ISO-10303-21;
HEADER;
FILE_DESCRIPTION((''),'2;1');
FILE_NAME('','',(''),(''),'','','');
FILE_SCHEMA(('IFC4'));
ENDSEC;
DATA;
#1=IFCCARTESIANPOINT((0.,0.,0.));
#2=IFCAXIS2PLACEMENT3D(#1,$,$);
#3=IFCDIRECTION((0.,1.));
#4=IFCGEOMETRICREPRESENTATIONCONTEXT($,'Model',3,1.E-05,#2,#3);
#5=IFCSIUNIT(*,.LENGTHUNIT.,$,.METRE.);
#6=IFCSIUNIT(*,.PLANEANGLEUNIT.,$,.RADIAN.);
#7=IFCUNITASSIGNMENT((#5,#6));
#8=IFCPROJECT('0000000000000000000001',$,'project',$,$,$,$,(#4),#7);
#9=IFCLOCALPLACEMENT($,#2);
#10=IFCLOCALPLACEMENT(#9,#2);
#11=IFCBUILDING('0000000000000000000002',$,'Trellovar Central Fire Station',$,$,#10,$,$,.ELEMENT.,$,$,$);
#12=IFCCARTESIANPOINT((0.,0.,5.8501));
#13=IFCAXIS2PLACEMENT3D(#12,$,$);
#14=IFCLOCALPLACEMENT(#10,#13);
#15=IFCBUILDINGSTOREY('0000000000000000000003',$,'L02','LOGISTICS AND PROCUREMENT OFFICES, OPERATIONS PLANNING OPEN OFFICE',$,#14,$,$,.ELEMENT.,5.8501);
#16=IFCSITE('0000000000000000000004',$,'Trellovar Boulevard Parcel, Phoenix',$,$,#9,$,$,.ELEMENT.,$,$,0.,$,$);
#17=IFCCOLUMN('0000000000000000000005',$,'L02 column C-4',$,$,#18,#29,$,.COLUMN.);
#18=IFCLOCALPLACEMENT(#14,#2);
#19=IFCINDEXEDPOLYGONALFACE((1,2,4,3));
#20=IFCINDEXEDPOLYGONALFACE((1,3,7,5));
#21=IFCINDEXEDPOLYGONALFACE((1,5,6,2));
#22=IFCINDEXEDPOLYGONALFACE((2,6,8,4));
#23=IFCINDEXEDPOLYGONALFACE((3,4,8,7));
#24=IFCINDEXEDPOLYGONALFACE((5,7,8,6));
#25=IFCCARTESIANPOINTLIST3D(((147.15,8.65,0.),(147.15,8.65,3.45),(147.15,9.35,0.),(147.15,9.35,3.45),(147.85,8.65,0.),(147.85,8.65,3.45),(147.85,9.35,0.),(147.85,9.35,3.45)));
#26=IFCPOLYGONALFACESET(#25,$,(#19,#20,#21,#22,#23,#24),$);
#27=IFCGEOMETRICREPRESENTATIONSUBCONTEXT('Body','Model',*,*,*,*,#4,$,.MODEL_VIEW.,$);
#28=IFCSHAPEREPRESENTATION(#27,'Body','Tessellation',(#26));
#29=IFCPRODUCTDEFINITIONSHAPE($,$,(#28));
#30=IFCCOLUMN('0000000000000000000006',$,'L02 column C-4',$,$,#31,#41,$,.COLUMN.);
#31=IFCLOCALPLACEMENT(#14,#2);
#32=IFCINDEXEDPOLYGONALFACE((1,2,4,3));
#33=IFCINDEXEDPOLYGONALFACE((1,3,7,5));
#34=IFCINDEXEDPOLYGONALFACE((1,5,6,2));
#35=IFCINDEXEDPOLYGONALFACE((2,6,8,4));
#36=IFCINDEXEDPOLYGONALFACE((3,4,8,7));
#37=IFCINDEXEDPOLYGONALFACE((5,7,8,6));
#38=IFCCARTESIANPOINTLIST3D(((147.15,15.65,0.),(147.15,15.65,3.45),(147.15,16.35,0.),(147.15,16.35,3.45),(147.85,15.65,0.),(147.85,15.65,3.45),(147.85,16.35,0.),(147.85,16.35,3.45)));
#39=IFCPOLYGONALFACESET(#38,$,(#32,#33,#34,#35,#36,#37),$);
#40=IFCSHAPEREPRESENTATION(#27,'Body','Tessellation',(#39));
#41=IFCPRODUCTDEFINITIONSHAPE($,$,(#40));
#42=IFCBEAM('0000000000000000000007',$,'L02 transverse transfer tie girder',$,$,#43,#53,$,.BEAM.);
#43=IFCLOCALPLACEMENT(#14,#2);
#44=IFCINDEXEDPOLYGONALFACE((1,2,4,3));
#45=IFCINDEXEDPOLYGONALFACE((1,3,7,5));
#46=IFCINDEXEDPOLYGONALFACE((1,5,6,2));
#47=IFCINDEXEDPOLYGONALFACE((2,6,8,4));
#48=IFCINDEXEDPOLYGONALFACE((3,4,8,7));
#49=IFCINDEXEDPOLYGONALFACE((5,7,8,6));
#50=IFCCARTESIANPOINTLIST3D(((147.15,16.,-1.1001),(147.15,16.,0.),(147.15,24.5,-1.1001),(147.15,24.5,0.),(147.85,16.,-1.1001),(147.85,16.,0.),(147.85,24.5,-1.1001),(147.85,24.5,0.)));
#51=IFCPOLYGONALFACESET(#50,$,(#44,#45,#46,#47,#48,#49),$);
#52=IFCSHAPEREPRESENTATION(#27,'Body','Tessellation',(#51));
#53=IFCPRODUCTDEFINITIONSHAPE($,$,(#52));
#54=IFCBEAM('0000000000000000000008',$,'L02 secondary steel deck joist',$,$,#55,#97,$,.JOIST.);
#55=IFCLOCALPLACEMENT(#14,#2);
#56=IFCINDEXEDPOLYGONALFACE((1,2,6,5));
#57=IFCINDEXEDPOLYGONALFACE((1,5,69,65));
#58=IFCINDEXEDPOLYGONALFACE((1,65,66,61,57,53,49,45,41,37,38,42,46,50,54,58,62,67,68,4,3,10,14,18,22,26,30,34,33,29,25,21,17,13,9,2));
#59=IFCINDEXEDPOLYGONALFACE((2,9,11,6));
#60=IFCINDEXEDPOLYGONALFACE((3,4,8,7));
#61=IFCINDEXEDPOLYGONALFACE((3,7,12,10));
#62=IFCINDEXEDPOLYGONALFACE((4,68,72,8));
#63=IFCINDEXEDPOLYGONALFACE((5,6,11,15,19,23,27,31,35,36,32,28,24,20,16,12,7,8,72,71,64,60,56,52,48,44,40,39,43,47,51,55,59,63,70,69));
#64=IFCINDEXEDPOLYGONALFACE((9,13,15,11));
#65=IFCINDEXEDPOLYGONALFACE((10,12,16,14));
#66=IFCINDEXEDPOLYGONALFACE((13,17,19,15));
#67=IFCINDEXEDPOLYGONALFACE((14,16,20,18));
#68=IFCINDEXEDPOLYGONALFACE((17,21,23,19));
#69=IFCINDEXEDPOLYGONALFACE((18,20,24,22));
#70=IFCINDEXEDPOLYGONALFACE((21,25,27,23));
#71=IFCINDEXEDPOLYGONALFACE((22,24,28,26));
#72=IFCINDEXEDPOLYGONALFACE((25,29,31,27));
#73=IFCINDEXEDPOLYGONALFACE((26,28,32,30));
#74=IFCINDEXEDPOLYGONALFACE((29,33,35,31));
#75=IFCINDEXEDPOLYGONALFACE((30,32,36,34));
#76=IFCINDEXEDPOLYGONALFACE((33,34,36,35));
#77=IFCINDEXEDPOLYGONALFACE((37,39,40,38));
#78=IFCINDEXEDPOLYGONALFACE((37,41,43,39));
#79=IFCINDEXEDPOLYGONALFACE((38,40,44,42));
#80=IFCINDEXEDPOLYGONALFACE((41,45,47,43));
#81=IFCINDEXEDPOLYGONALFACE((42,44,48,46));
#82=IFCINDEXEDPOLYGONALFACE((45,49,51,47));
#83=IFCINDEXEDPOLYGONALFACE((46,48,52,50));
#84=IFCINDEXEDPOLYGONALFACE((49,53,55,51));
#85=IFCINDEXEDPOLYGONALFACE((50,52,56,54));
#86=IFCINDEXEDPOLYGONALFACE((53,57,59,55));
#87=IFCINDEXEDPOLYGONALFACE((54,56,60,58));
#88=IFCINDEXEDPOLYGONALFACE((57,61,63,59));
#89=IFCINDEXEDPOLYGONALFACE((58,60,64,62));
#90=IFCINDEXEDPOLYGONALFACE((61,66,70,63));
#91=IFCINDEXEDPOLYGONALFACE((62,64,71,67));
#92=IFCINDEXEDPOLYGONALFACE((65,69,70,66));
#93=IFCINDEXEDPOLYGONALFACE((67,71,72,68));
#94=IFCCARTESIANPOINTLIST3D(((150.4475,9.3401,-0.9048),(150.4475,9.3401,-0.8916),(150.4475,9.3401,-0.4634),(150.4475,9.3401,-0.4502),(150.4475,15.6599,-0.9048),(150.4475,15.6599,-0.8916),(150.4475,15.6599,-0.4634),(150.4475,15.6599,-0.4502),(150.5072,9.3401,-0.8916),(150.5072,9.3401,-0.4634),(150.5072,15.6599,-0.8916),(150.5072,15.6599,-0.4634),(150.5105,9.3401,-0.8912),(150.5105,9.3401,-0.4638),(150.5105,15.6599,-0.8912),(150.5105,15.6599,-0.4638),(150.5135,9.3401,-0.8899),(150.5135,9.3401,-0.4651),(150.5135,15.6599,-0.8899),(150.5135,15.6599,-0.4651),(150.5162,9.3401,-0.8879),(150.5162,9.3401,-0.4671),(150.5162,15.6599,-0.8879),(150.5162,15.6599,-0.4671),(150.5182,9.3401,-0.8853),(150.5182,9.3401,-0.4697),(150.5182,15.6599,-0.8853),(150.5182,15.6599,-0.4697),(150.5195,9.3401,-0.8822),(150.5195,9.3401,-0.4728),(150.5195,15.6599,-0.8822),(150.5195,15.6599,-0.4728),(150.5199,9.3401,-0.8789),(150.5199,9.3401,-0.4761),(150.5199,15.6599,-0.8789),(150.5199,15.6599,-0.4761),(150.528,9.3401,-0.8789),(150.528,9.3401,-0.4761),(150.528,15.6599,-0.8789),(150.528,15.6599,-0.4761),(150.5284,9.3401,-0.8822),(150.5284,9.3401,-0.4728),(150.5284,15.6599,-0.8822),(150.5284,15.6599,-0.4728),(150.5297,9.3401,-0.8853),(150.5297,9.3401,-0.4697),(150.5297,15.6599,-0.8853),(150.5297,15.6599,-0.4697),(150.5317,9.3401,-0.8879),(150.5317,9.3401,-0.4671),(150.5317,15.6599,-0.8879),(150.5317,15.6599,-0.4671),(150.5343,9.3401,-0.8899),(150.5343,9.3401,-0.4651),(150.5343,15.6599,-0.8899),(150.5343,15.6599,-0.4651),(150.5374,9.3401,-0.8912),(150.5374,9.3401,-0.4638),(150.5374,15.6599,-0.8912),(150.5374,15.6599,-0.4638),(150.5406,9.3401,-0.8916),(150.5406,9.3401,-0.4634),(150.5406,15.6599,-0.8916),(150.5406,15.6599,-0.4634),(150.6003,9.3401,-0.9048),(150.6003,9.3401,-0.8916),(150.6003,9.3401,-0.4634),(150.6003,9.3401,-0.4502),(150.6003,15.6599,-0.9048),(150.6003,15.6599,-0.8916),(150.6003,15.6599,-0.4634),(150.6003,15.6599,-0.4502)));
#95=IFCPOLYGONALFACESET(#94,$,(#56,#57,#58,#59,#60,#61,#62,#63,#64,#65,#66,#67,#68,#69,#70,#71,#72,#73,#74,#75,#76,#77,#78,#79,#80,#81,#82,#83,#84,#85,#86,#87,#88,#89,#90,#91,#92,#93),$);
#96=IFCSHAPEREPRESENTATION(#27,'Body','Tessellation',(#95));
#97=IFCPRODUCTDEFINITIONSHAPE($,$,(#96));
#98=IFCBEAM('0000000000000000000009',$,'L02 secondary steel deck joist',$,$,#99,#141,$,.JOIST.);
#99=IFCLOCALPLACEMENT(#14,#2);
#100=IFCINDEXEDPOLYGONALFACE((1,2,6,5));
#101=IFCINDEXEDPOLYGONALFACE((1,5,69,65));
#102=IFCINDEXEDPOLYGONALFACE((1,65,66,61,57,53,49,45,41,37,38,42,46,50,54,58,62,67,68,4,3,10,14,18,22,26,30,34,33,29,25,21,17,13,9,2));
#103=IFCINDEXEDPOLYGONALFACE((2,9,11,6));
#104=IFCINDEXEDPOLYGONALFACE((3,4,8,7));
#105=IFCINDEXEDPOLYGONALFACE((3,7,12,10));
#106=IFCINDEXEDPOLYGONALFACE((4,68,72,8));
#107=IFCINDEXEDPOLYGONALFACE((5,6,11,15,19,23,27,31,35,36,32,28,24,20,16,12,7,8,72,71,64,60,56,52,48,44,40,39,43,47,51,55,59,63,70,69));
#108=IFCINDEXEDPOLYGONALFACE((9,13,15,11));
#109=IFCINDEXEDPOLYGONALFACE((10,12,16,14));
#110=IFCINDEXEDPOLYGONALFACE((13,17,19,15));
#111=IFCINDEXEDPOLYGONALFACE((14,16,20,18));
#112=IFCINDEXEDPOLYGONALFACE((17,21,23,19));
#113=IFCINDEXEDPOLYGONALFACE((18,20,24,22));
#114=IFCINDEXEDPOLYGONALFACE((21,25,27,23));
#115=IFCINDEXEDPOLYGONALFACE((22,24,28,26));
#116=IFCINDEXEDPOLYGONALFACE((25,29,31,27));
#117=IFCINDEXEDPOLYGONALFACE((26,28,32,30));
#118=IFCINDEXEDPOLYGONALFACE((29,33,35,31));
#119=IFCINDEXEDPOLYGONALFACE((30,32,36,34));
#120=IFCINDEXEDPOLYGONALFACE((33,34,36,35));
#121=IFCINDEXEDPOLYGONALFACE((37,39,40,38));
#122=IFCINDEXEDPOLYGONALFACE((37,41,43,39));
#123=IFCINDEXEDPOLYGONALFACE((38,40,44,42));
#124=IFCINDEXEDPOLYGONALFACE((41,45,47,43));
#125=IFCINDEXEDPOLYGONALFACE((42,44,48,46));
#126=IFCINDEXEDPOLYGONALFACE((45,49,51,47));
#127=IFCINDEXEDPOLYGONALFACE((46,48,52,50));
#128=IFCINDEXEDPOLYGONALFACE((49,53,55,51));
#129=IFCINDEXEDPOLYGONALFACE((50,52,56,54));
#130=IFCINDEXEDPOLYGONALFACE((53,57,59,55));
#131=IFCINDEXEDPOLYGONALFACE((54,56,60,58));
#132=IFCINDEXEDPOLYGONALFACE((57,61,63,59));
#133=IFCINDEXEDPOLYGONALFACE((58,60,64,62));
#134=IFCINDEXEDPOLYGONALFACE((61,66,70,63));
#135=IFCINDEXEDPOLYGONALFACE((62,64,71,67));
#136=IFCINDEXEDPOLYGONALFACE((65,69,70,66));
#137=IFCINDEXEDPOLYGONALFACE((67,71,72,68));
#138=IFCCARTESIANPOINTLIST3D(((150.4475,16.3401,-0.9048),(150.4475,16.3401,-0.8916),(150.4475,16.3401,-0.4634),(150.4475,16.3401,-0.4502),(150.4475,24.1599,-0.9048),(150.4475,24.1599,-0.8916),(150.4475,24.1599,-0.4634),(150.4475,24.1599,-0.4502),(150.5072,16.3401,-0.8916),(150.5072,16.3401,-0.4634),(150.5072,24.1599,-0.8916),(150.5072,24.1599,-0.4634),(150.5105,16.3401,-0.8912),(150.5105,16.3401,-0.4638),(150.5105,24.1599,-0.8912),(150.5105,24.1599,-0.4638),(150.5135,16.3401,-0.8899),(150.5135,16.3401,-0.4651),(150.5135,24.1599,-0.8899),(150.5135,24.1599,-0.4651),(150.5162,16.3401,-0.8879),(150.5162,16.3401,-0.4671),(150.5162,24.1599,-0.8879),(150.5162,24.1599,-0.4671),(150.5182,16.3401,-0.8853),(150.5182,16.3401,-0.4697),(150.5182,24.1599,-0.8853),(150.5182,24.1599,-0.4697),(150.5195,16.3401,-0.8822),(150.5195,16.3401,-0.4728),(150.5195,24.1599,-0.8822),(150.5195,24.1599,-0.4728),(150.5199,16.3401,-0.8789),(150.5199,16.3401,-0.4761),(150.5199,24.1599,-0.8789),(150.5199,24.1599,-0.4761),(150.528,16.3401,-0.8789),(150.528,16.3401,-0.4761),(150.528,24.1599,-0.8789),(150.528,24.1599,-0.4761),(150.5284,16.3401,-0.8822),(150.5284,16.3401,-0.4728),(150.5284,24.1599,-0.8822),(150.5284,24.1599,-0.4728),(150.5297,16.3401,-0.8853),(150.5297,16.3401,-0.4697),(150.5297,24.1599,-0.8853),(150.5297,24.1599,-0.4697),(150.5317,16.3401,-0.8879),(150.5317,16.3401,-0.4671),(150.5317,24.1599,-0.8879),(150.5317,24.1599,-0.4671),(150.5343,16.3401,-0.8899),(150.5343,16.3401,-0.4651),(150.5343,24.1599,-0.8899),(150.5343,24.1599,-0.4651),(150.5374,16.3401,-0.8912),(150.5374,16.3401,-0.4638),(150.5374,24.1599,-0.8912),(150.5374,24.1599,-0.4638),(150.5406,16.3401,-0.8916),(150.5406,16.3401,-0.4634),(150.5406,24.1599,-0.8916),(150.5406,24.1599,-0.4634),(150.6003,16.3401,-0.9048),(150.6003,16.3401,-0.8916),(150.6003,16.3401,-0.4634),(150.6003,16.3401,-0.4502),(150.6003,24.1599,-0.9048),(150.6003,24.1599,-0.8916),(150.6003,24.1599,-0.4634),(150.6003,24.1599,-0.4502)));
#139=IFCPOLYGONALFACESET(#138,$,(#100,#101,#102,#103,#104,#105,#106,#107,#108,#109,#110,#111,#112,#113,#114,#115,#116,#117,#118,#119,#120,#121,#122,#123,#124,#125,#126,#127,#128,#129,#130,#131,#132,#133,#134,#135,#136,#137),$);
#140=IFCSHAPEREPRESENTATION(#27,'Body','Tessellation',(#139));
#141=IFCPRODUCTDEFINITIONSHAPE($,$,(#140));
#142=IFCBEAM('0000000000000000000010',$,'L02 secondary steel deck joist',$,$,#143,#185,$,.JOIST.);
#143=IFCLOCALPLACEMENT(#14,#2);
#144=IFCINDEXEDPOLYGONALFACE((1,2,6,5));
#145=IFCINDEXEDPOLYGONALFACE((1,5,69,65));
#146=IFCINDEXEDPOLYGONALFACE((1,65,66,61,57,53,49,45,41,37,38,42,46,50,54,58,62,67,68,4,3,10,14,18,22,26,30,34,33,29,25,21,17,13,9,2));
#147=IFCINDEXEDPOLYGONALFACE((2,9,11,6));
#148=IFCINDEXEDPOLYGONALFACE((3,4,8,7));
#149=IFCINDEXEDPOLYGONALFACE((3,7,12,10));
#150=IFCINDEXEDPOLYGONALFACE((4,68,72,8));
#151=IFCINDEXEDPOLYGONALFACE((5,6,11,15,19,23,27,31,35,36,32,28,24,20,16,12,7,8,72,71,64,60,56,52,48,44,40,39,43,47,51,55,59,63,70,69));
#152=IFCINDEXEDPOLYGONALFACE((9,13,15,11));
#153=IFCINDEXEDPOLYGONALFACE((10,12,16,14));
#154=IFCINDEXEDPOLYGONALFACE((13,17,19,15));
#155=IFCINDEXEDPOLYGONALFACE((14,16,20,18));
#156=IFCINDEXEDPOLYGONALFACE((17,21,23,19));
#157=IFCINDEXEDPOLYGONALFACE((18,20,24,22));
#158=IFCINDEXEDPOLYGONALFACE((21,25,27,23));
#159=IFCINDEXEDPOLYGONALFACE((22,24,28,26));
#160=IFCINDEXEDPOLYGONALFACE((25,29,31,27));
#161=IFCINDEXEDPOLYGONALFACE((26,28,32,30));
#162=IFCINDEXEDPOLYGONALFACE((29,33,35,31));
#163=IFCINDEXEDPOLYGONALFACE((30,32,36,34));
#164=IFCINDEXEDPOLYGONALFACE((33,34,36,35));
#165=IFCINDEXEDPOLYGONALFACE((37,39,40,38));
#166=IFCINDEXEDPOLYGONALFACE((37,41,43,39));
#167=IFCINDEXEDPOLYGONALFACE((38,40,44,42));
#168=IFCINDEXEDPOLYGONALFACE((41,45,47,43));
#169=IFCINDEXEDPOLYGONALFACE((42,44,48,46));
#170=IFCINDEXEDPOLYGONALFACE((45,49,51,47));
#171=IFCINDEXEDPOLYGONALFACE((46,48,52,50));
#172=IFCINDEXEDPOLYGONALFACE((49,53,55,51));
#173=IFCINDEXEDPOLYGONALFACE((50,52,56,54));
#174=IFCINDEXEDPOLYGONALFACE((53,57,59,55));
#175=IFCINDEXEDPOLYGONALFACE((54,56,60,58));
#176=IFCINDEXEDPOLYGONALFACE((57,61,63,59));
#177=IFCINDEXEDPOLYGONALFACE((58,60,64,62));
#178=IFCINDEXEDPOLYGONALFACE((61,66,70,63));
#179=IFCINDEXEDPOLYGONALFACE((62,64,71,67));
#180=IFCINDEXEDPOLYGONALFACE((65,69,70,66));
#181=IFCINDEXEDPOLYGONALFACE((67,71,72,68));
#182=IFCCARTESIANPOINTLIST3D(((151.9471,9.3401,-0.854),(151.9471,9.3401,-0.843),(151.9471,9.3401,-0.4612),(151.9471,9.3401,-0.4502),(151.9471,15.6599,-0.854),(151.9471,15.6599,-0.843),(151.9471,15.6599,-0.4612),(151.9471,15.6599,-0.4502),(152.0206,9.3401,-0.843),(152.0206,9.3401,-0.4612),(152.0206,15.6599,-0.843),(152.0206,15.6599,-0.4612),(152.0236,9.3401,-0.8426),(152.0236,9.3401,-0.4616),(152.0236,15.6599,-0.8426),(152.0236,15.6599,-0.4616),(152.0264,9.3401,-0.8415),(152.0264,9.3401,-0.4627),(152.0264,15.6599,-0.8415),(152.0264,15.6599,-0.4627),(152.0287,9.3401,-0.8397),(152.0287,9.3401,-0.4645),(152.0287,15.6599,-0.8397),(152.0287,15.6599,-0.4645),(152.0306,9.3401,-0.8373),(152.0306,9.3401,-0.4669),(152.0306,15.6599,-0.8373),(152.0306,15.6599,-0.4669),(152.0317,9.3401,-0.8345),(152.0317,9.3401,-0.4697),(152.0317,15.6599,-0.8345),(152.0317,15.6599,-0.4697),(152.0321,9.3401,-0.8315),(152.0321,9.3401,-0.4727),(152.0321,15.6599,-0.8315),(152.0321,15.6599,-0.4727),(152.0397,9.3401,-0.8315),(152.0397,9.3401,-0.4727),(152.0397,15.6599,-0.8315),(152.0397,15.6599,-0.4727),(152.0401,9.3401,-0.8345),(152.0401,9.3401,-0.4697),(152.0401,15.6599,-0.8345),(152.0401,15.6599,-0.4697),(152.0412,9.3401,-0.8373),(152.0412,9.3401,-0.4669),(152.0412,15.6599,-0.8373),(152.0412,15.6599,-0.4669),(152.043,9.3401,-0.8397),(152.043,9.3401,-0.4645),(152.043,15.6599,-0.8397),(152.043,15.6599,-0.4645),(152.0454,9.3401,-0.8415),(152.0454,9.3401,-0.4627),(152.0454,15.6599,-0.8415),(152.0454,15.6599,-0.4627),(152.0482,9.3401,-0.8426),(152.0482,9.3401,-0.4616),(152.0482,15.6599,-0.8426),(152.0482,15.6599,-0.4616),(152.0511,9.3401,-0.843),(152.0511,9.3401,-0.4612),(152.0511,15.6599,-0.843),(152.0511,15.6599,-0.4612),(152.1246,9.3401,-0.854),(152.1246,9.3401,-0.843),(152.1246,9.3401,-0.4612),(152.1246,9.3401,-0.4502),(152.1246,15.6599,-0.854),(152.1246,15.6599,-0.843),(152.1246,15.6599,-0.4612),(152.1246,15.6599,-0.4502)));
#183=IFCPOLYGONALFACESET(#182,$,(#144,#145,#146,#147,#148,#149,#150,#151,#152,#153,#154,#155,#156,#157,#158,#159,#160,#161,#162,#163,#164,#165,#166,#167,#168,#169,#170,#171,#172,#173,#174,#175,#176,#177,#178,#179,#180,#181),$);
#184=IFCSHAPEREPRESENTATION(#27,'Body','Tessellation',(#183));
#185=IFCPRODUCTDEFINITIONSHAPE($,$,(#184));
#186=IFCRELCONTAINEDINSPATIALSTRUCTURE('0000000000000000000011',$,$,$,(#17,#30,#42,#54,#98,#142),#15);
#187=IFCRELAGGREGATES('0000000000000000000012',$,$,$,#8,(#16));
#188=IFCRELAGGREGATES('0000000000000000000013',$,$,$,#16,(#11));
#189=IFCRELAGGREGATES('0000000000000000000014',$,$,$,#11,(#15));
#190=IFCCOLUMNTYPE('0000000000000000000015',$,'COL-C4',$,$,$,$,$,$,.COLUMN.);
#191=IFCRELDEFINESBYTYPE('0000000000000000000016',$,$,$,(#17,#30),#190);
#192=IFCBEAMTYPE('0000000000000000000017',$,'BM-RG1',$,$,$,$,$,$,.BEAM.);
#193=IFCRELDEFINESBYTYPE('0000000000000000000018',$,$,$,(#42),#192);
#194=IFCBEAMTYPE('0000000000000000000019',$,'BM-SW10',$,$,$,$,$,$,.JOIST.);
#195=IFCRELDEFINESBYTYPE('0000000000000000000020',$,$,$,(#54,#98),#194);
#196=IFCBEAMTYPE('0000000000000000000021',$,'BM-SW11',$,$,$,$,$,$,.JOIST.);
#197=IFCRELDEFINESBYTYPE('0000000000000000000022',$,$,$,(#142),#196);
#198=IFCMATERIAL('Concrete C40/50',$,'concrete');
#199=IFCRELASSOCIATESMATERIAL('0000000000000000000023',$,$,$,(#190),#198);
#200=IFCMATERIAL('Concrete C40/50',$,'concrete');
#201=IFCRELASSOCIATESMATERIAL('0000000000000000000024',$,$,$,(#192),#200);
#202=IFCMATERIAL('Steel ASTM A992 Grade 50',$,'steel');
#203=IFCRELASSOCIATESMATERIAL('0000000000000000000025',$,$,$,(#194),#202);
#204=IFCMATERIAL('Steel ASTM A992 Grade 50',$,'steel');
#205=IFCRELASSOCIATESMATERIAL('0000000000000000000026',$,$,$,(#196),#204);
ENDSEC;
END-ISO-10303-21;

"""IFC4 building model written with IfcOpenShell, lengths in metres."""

from ifc_helpers import new_model, si_unit, direction, frame, origin, origin_2d, place, context, subcontext, project, spatial, rectangle, i_section, extrude, material, material_profile, profile_set, type_object, element, save


model = new_model("IFC4")

# Units and contexts
model_context = context("Model", 3, precision=1e-05, world=origin(), true_north=direction((0.0, 1.0)))
body_context = subcontext(model_context, "Body", "Model", "MODEL_VIEW")
ifc_project = project(units=[si_unit("LENGTHUNIT", "METRE"), si_unit("PLANEANGLEUNIT", "RADIAN")], contexts=[model_context])

# Site, building, storey
site_placement = place(None, origin())
site = spatial("IfcSite", under=ifc_project, at=site_placement, Name="Trellovar Boulevard Parcel, Phoenix", CompositionType="ELEMENT", RefElevation=0.0)
building_placement = place(site_placement, origin())
building = spatial("IfcBuilding", under=site, at=building_placement, Name="Trellovar Central Fire Station", CompositionType="ELEMENT")
storey_placement = place(building_placement, frame((0.0, 0.0, 5.8501)))
storey = spatial("IfcBuildingStorey", under=building, at=storey_placement, Name="L02", Description="LOGISTICS AND PROCUREMENT OFFICES, OPERATIONS PLANNING OPEN OFFICE", CompositionType="ELEMENT", Elevation=5.8501)

# Columns
ifc_material_1 = material(Name="Concrete C40/50", Category="concrete")
ifc_material_profile_1 = material_profile(ifc_material_1, rectangle(XDim=0.7, YDim=0.7, at=origin_2d()), Name="RC700X700")
ifc_profile_set_1 = profile_set([ifc_material_profile_1], Name="Concrete C40/50")
column_type = type_object("IfcColumnType", Name="COL-C4", PredefinedType="COLUMN", material=ifc_profile_set_1)
for number, where, z_axis, x_axis, name in (
    (1, (147.5, 9.0, 0.0), (0.0, 0.0, 1.0), (1.0, 0.0, 0.0), "L02 column C-4"),
    (2, (147.5, 16.0, 0.0), (0.0, 0.0, 1.0), (1.0, 0.0, 0.0), "L02 column C-4"),
):
    element("IfcColumn", number, at=place(storey_placement, frame(where, z_axis=z_axis, x_axis=x_axis)), inside=storey, type_object=column_type, Name=name, PredefinedType="COLUMN", context=body_context, shape_type="SweptSolid", body=[
        extrude(rectangle(XDim=0.7, YDim=0.7, at=origin_2d()), origin(), (0.0, 0.0, 1.0), 3.45),
    ])

# Beams
ifc_material_2 = material(Name="Concrete C40/50", Category="concrete")
ifc_material_profile_2 = material_profile(ifc_material_2, rectangle(XDim=0.7, YDim=1.1001, at=origin_2d()), Name="RC700X1100")
ifc_profile_set_2 = profile_set([ifc_material_profile_2], Name="Concrete C40/50")
beam_type_1 = type_object("IfcBeamType", Name="BM-RG1", PredefinedType="BEAM", material=ifc_profile_set_2)
beam_1_placement = place(storey_placement, frame((147.5, 16.0, -0.55), z_axis=(0.0, 1.0, 0.0), x_axis=(-1.0, 0.0, 0.0)))
element("IfcBeam", 3, at=beam_1_placement, inside=storey, type_object=beam_type_1, Name="L02 transverse transfer tie girder", PredefinedType="BEAM", context=body_context, shape_type="SweptSolid", body=[
    extrude(rectangle(XDim=0.7, YDim=1.1001, at=origin_2d()), origin(), (0.0, 0.0, 1.0), 8.5),
])
ifc_material_3 = material(Name="Steel ASTM A992 Grade 50", Category="steel")
ifc_material_profile_3 = material_profile(ifc_material_3, i_section(OverallWidth=0.1528, OverallDepth=0.4546, WebThickness=0.0081, FlangeThickness=0.0132, FilletRadius=0.0127, at=origin_2d()), Name="W18X40")
ifc_profile_set_3 = profile_set([ifc_material_profile_3], Name="Steel ASTM A992 Grade 50")
beam_type_2 = type_object("IfcBeamType", Name="BM-SW10", PredefinedType="JOIST", material=ifc_profile_set_3)
beam_2_placement = place(storey_placement, frame((150.5239, 9.3401, -0.6775), z_axis=(0.0, 1.0, 0.0), x_axis=(-1.0, 0.0, 0.0)))
element("IfcBeam", 4, at=beam_2_placement, inside=storey, type_object=beam_type_2, Name="L02 secondary steel deck joist", PredefinedType="JOIST", context=body_context, shape_type="SweptSolid", body=[
    extrude(i_section(OverallWidth=0.1528, OverallDepth=0.4546, WebThickness=0.0081, FlangeThickness=0.0132, FilletRadius=0.0127, at=origin_2d()), origin(), (0.0, 0.0, 1.0), 6.3198),
])
beam_3_placement = place(storey_placement, frame((150.5239, 16.3401, -0.6775), z_axis=(0.0, 1.0, 0.0), x_axis=(-1.0, 0.0, 0.0)))
element("IfcBeam", 5, at=beam_3_placement, inside=storey, type_object=beam_type_2, Name="L02 secondary steel deck joist", PredefinedType="JOIST", context=body_context, shape_type="SweptSolid", body=[
    extrude(i_section(OverallWidth=0.1528, OverallDepth=0.4546, WebThickness=0.0081, FlangeThickness=0.0132, FilletRadius=0.0127, at=origin_2d()), origin(), (0.0, 0.0, 1.0), 7.8198),
])
ifc_material_4 = material(Name="Steel ASTM A992 Grade 50", Category="steel")
ifc_material_profile_4 = material_profile(ifc_material_4, i_section(OverallWidth=0.1775, OverallDepth=0.4038, WebThickness=0.0076, FlangeThickness=0.011, FilletRadius=0.0115, at=origin_2d()), Name="W16X36")
ifc_profile_set_4 = profile_set([ifc_material_profile_4], Name="Steel ASTM A992 Grade 50")
beam_type_3 = type_object("IfcBeamType", Name="BM-SW11", PredefinedType="JOIST", material=ifc_profile_set_4)
beam_4_placement = place(storey_placement, frame((152.0359, 9.3401, -0.6521), z_axis=(0.0, 1.0, 0.0), x_axis=(-1.0, 0.0, 0.0)))
element("IfcBeam", 6, at=beam_4_placement, inside=storey, type_object=beam_type_3, Name="L02 secondary steel deck joist", PredefinedType="JOIST", context=body_context, shape_type="SweptSolid", body=[
    extrude(i_section(OverallWidth=0.1775, OverallDepth=0.4038, WebThickness=0.0076, FlangeThickness=0.011, FilletRadius=0.0115, at=origin_2d()), origin(), (0.0, 0.0, 1.0), 6.3198),
])

save(model, "model.ifc")
